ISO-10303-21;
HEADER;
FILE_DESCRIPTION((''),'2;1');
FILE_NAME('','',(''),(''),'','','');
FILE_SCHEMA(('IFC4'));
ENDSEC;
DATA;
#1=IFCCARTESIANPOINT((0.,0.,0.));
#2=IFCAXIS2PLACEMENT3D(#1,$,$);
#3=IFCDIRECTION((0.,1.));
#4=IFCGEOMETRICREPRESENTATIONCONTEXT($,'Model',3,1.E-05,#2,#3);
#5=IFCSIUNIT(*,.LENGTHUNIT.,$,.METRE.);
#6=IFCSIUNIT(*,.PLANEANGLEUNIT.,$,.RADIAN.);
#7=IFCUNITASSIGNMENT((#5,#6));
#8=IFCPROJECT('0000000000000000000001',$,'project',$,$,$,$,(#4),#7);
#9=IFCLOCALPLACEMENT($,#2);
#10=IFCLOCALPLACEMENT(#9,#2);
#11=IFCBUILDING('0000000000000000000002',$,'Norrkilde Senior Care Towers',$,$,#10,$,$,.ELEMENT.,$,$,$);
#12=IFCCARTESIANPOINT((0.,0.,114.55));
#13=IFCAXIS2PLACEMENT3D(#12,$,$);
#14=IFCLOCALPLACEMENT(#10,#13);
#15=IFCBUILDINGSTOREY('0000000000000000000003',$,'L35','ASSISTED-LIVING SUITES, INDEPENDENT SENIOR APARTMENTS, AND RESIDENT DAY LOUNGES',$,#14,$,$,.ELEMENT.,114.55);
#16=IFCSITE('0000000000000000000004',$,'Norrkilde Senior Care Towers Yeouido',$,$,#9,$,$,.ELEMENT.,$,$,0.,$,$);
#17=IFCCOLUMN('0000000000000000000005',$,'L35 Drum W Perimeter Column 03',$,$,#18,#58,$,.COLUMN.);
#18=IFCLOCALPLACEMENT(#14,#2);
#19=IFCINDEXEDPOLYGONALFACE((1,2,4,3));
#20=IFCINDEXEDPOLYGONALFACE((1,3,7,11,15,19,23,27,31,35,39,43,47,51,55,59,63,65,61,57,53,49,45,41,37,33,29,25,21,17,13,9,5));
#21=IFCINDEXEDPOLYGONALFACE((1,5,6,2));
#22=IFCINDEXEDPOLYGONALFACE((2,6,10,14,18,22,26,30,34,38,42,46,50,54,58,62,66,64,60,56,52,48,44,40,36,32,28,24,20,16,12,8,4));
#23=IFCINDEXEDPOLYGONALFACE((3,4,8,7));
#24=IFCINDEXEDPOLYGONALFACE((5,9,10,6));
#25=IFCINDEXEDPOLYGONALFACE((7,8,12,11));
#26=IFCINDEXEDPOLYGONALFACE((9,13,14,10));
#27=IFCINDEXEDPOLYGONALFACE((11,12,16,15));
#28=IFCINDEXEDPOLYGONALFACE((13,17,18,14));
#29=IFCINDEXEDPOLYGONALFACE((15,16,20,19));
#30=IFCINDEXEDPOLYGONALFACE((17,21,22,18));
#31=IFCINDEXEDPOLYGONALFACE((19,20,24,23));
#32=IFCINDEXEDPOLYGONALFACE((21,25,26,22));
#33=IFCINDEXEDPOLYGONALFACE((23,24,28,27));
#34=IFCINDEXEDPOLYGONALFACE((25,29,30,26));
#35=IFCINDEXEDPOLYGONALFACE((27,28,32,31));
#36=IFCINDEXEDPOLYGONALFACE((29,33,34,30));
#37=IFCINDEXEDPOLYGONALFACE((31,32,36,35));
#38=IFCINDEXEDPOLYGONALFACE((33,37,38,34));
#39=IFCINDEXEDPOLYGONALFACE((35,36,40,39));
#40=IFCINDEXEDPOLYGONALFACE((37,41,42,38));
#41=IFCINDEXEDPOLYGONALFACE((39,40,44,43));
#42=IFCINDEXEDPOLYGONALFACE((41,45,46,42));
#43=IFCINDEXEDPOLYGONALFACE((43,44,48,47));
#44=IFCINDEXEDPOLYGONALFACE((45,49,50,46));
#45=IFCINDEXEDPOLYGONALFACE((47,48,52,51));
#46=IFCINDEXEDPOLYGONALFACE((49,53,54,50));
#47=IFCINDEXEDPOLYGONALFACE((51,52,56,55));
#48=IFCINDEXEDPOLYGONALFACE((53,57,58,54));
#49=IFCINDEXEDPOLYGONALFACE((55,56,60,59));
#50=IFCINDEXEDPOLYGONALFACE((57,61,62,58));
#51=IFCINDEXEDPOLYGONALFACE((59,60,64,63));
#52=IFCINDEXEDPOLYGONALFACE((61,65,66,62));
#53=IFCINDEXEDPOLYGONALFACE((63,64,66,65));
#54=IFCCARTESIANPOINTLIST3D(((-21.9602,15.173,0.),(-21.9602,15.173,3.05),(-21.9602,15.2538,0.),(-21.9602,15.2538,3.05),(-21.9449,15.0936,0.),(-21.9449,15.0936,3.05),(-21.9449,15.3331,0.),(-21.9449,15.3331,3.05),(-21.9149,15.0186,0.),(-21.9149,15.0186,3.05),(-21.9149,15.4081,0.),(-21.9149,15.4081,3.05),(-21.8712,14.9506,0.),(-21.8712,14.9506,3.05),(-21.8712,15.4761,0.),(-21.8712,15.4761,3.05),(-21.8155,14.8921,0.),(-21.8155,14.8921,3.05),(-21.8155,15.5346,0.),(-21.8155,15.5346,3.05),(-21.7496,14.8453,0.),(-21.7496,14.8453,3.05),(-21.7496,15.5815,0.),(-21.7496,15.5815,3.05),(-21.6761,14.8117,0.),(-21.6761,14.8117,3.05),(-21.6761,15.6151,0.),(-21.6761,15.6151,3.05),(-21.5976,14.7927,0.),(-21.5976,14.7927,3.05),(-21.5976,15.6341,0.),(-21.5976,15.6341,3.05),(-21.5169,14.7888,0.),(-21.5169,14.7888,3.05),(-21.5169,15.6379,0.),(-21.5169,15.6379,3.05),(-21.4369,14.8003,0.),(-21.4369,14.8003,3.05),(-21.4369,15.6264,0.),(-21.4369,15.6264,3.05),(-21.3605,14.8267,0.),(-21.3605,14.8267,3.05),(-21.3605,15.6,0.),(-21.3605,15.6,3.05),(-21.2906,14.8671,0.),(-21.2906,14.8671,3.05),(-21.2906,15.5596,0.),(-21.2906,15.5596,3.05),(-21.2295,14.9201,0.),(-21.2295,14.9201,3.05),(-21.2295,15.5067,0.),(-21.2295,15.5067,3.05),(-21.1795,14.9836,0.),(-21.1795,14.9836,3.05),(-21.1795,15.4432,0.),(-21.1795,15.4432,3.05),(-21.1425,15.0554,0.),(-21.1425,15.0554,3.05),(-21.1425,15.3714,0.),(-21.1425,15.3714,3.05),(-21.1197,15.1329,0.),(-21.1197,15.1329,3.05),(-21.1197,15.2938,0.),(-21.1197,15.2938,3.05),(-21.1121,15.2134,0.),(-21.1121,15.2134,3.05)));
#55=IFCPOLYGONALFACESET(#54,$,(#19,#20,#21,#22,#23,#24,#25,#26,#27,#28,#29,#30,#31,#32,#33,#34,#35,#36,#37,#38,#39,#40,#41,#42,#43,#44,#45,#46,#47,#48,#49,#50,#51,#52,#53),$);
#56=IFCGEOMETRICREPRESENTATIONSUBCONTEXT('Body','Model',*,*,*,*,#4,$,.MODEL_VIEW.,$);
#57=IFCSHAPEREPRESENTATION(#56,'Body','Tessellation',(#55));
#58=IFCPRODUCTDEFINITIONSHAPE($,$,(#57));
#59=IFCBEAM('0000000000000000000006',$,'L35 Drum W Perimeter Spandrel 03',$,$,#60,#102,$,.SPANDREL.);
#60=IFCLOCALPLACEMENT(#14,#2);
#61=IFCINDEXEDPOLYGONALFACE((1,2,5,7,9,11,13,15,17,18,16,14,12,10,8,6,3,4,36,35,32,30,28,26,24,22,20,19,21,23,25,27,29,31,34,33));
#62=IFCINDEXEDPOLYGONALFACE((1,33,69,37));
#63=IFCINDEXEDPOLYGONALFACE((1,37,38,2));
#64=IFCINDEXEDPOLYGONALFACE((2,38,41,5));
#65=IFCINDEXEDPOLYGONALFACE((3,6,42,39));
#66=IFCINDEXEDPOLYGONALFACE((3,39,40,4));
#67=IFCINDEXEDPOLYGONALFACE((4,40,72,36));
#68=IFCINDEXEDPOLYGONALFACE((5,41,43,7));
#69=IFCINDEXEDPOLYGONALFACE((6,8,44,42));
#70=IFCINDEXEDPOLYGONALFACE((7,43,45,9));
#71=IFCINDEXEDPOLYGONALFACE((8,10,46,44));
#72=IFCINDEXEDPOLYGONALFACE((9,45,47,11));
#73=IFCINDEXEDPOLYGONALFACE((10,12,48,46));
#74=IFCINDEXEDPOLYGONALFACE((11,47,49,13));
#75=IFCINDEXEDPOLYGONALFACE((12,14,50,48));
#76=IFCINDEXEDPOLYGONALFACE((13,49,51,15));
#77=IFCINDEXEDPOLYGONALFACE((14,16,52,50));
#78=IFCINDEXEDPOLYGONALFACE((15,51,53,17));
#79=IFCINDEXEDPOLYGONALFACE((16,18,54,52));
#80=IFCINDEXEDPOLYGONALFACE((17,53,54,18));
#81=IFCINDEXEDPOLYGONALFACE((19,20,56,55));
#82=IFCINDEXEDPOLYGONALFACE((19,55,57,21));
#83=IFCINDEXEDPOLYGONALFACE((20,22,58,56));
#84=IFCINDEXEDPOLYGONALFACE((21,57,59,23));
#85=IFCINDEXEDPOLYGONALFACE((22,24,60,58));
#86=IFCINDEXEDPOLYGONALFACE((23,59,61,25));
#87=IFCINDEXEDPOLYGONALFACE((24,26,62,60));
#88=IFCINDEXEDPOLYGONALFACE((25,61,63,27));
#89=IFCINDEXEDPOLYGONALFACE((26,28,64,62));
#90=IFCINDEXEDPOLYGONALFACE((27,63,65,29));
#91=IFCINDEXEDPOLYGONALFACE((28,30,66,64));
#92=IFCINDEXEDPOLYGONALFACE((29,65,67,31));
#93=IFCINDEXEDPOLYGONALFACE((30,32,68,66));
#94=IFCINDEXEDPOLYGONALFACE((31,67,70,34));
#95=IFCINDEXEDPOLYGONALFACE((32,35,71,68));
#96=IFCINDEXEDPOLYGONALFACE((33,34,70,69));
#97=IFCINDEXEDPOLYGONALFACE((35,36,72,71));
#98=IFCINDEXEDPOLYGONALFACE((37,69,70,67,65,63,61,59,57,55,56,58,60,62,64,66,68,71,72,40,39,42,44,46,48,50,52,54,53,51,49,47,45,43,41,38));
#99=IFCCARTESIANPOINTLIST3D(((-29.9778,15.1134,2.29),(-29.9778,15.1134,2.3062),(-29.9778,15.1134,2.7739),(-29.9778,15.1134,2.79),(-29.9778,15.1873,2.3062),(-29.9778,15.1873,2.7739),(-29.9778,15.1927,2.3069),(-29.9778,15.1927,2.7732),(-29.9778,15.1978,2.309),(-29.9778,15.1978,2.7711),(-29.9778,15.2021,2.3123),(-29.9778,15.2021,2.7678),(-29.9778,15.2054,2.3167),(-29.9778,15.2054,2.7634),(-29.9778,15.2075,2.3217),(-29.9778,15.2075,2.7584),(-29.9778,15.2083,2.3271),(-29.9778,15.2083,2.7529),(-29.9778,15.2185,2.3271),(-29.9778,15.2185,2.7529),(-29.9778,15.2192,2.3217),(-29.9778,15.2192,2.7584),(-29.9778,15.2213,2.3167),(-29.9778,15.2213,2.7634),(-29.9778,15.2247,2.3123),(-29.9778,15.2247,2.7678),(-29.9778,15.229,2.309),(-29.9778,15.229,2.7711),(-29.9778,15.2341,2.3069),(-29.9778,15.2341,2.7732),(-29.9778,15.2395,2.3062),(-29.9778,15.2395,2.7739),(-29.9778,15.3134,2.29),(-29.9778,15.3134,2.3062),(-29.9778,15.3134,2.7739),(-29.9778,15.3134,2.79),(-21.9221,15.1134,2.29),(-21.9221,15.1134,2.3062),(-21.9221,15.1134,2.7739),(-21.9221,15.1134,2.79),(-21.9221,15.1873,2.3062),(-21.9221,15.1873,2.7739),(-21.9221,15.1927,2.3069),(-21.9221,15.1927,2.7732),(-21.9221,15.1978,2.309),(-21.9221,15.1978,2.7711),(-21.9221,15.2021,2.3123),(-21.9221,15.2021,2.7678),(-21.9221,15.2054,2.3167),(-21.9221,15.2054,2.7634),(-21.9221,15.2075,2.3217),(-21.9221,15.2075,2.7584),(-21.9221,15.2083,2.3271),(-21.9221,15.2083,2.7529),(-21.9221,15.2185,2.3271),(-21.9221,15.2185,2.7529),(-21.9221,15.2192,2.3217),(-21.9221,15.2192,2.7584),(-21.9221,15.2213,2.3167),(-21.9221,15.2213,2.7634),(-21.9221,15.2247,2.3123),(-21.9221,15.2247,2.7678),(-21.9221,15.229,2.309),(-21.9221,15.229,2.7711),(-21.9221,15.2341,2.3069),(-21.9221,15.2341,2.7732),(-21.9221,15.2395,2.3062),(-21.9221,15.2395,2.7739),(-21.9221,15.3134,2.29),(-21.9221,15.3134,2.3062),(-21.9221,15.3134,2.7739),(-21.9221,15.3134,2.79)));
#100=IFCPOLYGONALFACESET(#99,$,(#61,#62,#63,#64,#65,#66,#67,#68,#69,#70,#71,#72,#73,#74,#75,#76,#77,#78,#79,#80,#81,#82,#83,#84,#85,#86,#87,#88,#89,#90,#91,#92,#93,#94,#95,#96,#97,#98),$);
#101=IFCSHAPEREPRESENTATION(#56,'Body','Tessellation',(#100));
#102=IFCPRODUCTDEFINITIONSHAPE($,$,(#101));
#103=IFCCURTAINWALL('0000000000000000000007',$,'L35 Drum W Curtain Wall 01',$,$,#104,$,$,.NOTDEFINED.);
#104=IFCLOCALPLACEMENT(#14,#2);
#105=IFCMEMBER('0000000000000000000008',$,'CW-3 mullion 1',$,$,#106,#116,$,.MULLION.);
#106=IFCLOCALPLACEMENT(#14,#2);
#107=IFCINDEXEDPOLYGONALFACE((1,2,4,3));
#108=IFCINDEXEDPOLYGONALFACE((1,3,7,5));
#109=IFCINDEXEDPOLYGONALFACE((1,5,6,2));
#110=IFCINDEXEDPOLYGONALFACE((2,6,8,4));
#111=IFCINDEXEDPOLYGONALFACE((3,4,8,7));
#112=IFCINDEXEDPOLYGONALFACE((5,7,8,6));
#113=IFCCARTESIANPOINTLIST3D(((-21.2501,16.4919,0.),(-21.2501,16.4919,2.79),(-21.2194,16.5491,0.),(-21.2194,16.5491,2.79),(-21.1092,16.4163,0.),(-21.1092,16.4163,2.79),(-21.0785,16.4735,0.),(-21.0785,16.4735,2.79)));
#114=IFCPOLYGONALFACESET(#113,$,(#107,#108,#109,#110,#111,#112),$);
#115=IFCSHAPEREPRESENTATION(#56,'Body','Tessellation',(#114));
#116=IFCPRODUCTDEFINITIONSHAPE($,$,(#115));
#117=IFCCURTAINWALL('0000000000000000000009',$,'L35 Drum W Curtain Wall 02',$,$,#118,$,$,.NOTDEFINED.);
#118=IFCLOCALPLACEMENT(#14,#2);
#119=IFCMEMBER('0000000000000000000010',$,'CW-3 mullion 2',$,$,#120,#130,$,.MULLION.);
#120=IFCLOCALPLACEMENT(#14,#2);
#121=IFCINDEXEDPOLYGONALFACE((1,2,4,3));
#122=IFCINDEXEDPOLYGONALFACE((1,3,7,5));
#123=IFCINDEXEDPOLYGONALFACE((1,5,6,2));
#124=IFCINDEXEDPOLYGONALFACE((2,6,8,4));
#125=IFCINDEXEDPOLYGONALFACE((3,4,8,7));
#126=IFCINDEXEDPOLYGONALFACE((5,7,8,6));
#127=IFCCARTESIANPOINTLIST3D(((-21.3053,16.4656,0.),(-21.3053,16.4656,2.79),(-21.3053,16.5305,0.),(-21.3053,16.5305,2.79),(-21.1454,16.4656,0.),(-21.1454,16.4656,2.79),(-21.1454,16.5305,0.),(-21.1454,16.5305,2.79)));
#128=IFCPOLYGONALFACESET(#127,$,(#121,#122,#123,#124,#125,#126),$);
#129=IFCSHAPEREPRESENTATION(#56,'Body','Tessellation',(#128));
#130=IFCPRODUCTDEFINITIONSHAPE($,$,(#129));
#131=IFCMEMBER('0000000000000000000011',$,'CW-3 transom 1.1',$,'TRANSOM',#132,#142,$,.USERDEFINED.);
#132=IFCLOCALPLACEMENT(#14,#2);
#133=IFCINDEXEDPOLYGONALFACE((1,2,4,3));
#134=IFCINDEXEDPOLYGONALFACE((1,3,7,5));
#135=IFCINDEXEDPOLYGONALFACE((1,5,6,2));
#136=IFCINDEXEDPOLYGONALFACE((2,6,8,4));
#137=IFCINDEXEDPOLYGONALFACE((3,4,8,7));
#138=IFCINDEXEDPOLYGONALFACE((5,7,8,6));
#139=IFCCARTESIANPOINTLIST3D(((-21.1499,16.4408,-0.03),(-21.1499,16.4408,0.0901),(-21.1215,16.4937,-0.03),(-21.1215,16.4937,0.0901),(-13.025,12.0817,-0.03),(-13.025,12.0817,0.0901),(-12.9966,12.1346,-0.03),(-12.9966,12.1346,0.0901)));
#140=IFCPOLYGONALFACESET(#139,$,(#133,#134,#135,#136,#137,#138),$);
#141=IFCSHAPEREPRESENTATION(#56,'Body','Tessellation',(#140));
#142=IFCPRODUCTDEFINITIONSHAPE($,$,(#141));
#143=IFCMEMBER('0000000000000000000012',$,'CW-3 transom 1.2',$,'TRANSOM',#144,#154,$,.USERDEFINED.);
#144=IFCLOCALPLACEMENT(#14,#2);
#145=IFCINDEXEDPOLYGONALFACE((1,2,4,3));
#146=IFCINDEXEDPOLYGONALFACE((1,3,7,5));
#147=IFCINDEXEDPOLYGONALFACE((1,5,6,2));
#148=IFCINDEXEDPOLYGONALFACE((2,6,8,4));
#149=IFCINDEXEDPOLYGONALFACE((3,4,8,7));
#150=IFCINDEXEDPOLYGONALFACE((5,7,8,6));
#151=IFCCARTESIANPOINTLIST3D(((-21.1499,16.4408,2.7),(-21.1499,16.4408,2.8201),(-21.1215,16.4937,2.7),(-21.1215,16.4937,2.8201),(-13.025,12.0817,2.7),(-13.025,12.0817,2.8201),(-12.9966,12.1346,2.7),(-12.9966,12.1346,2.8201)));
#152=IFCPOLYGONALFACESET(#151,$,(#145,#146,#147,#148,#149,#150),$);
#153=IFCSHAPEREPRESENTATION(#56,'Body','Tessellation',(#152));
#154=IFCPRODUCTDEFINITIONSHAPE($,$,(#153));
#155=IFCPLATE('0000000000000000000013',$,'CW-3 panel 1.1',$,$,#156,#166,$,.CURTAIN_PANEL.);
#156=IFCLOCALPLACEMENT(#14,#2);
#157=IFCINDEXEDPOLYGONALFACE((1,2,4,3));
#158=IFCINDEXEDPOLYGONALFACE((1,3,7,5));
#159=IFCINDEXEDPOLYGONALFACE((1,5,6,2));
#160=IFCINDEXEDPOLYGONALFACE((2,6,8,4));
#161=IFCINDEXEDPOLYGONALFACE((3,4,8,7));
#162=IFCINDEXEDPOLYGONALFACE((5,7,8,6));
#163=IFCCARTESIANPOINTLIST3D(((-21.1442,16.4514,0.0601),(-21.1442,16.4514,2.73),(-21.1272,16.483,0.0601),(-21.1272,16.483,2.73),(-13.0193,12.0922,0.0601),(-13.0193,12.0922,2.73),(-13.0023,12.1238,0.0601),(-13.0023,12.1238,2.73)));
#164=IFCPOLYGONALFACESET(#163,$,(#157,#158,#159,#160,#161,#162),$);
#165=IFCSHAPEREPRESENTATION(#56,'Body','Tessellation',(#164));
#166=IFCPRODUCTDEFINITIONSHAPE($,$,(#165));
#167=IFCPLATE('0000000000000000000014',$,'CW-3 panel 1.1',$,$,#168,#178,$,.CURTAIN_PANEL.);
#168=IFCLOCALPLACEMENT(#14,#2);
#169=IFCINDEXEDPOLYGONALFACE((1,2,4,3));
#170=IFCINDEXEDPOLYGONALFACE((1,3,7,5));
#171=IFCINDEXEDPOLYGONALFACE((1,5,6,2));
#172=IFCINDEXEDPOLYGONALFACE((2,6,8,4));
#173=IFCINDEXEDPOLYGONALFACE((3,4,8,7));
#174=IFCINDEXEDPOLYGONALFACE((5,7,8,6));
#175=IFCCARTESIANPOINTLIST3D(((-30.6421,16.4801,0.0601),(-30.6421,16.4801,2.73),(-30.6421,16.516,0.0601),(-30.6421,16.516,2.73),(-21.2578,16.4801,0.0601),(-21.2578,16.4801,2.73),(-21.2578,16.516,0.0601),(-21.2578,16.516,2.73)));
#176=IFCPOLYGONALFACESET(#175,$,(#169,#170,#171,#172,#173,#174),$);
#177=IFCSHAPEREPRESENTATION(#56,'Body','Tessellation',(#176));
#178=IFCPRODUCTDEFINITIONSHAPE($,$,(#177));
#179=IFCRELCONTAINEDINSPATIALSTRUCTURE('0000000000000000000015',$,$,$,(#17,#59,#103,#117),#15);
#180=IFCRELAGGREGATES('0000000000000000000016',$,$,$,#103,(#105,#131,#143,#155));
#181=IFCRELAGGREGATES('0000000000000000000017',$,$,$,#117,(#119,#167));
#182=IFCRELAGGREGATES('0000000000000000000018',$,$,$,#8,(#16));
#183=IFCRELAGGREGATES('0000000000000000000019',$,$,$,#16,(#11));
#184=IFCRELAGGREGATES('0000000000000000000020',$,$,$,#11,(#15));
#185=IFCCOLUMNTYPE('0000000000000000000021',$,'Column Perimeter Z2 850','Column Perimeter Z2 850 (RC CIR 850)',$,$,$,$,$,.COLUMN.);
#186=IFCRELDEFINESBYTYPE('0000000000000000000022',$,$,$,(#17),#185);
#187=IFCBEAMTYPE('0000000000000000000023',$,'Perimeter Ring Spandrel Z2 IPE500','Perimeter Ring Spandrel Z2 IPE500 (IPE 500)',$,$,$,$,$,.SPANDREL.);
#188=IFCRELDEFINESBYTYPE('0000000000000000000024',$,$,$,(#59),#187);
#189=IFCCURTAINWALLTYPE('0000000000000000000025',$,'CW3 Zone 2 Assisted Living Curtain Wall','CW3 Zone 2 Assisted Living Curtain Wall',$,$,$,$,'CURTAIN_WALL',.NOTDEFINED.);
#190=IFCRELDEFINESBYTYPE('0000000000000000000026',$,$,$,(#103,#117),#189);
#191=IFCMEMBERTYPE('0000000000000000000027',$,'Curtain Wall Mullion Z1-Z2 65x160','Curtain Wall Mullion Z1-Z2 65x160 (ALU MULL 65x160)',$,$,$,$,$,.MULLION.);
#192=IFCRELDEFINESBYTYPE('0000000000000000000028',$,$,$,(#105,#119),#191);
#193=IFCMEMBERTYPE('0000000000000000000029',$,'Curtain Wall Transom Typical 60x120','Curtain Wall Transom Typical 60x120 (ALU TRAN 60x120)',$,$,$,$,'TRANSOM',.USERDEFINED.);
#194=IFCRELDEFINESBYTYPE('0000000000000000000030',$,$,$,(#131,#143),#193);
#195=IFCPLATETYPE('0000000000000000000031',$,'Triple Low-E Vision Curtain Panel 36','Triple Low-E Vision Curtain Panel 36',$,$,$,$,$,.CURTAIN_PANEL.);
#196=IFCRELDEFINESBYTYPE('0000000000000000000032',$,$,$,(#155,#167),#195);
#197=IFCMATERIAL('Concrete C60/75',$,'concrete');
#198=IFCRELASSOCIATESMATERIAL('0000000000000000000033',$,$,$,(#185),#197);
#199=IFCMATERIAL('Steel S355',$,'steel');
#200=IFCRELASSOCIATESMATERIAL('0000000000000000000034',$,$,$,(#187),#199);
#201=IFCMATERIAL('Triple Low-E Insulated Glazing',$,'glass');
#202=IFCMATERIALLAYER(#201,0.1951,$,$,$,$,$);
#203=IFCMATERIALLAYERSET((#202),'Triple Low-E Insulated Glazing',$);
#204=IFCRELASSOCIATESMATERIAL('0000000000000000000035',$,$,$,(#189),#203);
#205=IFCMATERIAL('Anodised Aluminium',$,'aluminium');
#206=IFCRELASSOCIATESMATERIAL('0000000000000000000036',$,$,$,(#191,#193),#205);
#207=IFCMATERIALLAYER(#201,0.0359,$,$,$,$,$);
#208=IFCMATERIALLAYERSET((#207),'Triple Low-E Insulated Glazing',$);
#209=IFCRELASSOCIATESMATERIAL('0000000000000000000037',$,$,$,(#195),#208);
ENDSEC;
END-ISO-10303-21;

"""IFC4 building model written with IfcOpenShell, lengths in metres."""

from ifc_helpers import new_model, si_unit, direction, frame, origin, origin_2d, place, context, subcontext, project, spatial, rectangle, circle, i_section, extrude, source, transform, mapped, material, layer, layer_set, material_profile, profile_set, type_object, type_shapes, element, aggregate, save


model = new_model("IFC4")

# Units and contexts
model_context = context("Model", 3, precision=1e-05, world=origin(), true_north=direction((0.0, 1.0)))
body_context = subcontext(model_context, "Body", "Model", "MODEL_VIEW")
ifc_project = project(units=[si_unit("LENGTHUNIT", "METRE"), si_unit("PLANEANGLEUNIT", "RADIAN")], contexts=[model_context])

# Site, building, storey
site_placement = place(None, origin())
site = spatial("IfcSite", under=ifc_project, at=site_placement, Name="Norrkilde Senior Care Towers Yeouido", CompositionType="ELEMENT", RefElevation=0.0)
building_placement = place(site_placement, origin())
building = spatial("IfcBuilding", under=site, at=building_placement, Name="Norrkilde Senior Care Towers", CompositionType="ELEMENT")
storey_placement = place(building_placement, frame((0.0, 0.0, 114.55)))
storey = spatial("IfcBuildingStorey", under=building, at=storey_placement, Name="L35", Description="ASSISTED-LIVING SUITES, INDEPENDENT SENIOR APARTMENTS, AND RESIDENT DAY LOUNGES", CompositionType="ELEMENT", Elevation=114.55)

# Column
ifc_material_1 = material(Name="Concrete C60/75", Category="concrete")
ifc_material_profile_1 = material_profile(ifc_material_1, circle(Radius=0.425, at=origin_2d()), Name="RC CIR 850")
ifc_profile_set_1 = profile_set([ifc_material_profile_1], Name="Concrete C60/75")
column_type = type_object("IfcColumnType", Name="Column Perimeter Z2 850", Description="Column Perimeter Z2 850 (RC CIR 850)", PredefinedType="COLUMN", material=ifc_profile_set_1)
shared_shape_1 = source(origin(), body_context, "Body", "SweptSolid", [
    extrude(circle(Radius=0.425, at=origin_2d()), origin(), (0.0, 0.0, 1.0), 3.05),
])
type_shapes(column_type, [shared_shape_1])
column_placement = place(storey_placement, frame((-21.5371, 15.2134, 0.0), z_axis=(0.0, 0.0, 1.0), x_axis=(1.0, 0.0, 0.0)))
element("IfcColumn", 1, at=column_placement, inside=storey, type_object=column_type, Name="L35 Drum W Perimeter Column 03", PredefinedType="COLUMN", context=body_context, shape_type="MappedRepresentation", body=[
    mapped(shared_shape_1, transform((0.0, 0.0, 0.0), x_axis=(1.0, 0.0, 0.0), y_axis=(0.0, 1.0, 0.0), z_axis=(0.0, 0.0, 1.0), scale=1.0)),
])

# Beam
ifc_material_2 = material(Name="Steel S355", Category="steel")
ifc_material_profile_2 = material_profile(ifc_material_2, i_section(OverallWidth=0.2, OverallDepth=0.5, WebThickness=0.0103, FlangeThickness=0.0161, FilletRadius=0.021, at=origin_2d()), Name="IPE 500")
ifc_profile_set_2 = profile_set([ifc_material_profile_2], Name="Steel S355")
beam_type = type_object("IfcBeamType", Name="Perimeter Ring Spandrel Z2 IPE500", Description="Perimeter Ring Spandrel Z2 IPE500 (IPE 500)", PredefinedType="SPANDREL", material=ifc_profile_set_2)
shared_shape_2 = source(origin(), body_context, "Body", "SweptSolid", [
    extrude(i_section(OverallWidth=0.2, OverallDepth=0.5, WebThickness=0.0103, FlangeThickness=0.0161, FilletRadius=0.021, at=origin_2d()), origin(), (0.0, 0.0, 1.0), 8.0557),
])
type_shapes(beam_type, [shared_shape_2])
beam_placement = place(storey_placement, frame((-21.9221, 15.2134, 2.54), z_axis=(-1.0, 0.0, 0.0), x_axis=(0.0, -1.0, 0.0)))
element("IfcBeam", 2, at=beam_placement, inside=storey, type_object=beam_type, Name="L35 Drum W Perimeter Spandrel 03", PredefinedType="SPANDREL", context=body_context, shape_type="MappedRepresentation", body=[
    mapped(shared_shape_2, transform((0.0, 0.0, 0.0), x_axis=(1.0, 0.0, 0.0), y_axis=(0.0, 1.0, 0.0), z_axis=(0.0, 0.0, 1.0), scale=1.0)),
])

# Curtain walls, members
ifc_material_3 = material(Name="Triple Low-E Insulated Glazing", Category="glass")
ifc_layer_1 = layer(ifc_material_3, 0.1951)
ifc_layer_set_1 = layer_set([ifc_layer_1], Name="Triple Low-E Insulated Glazing")
curtain_wall_type = type_object("IfcCurtainWallType", Name="CW3 Zone 2 Assisted Living Curtain Wall", Description="CW3 Zone 2 Assisted Living Curtain Wall", ElementType="CURTAIN_WALL", PredefinedType="NOTDEFINED", material=ifc_layer_set_1)
curtain_wall_1_placement = place(storey_placement, origin())
curtain_wall_1 = element("IfcCurtainWall", 3, at=curtain_wall_1_placement, inside=storey, type_object=curtain_wall_type, Name="L35 Drum W Curtain Wall 01", PredefinedType="NOTDEFINED")
ifc_material_4 = material(Name="Anodised Aluminium", Category="aluminium")
ifc_material_profile_3 = material_profile(ifc_material_4, rectangle(XDim=0.0649, YDim=0.1599, at=origin_2d()), Name="ALU MULL 65x160")
ifc_profile_set_3 = profile_set([ifc_material_profile_3], Name="Anodised Aluminium")
member_type_1 = type_object("IfcMemberType", Name="Curtain Wall Mullion Z1-Z2 65x160", Description="Curtain Wall Mullion Z1-Z2 65x160 (ALU MULL 65x160)", PredefinedType="MULLION", material=ifc_profile_set_3)
shared_shape_3 = source(origin(), body_context, "Body", "SweptSolid", [
    extrude(rectangle(XDim=0.0649, YDim=0.1599, at=origin_2d()), origin(), (0.0, 0.0, 1.0), 2.79),
])
type_shapes(member_type_1, [shared_shape_3])
member_1_placement = place(storey_placement, frame((-21.1643, 16.4827, 0.0), z_axis=(0.0, 0.0, 1.0), x_axis=(0.472769, 0.881186, 0.0)))
member_1 = element("IfcMember", 4, at=member_1_placement, type_object=member_type_1, Name="CW-3 mullion 1", PredefinedType="MULLION", context=body_context, shape_type="MappedRepresentation", body=[
    mapped(shared_shape_3, transform((0.0, 0.0, 0.0), x_axis=(1.0, 0.0, 0.0), y_axis=(0.0, 1.0, 0.0), z_axis=(0.0, 0.0, 1.0), scale=1.0)),
])
curtain_wall_2_placement = place(storey_placement, origin())
curtain_wall_2 = element("IfcCurtainWall", 5, at=curtain_wall_2_placement, inside=storey, type_object=curtain_wall_type, Name="L35 Drum W Curtain Wall 02", PredefinedType="NOTDEFINED")
member_2_placement = place(storey_placement, frame((-21.2253, 16.498, 0.0), z_axis=(0.0, 0.0, 1.0), x_axis=(0.0, 1.0, 0.0)))
member_2 = element("IfcMember", 6, at=member_2_placement, type_object=member_type_1, Name="CW-3 mullion 2", PredefinedType="MULLION", context=body_context, shape_type="MappedRepresentation", body=[
    mapped(shared_shape_3, transform((0.0, 0.0, 0.0), x_axis=(1.0, 0.0, 0.0), y_axis=(0.0, 1.0, 0.0), z_axis=(0.0, 0.0, 1.0), scale=1.0)),
])

# Members
ifc_material_profile_4 = material_profile(ifc_material_4, rectangle(XDim=0.0601, YDim=0.1201, at=origin_2d()), Name="ALU TRAN 60x120")
ifc_profile_set_4 = profile_set([ifc_material_profile_4], Name="Anodised Aluminium")
member_type_2 = type_object("IfcMemberType", Name="Curtain Wall Transom Typical 60x120", Description="Curtain Wall Transom Typical 60x120 (ALU TRAN 60x120)", ElementType="TRANSOM", PredefinedType="USERDEFINED", material=ifc_profile_set_4)
shared_shape_4 = source(origin(), body_context, "Body", "SweptSolid", [
    extrude(rectangle(XDim=0.0601, YDim=0.1201, at=origin_2d()), origin(), (0.0, 0.0, 1.0), 9.2205),
])
type_shapes(member_type_2, [shared_shape_4])
member_3_placement = place(storey_placement, frame((-21.1357, 16.4673, 0.03), z_axis=(0.881189, -0.472765, 0.0), x_axis=(0.472765, 0.881189, 0.0)))
member_3 = element("IfcMember", 7, at=member_3_placement, type_object=member_type_2, Name="CW-3 transom 1.1", ObjectType="TRANSOM", PredefinedType="USERDEFINED", context=body_context, shape_type="MappedRepresentation", body=[
    mapped(shared_shape_4, transform((0.0, 0.0, 0.0), x_axis=(1.0, 0.0, 0.0), y_axis=(0.0, 1.0, 0.0), z_axis=(0.0, 0.0, 1.0), scale=1.0)),
])
member_4_placement = place(storey_placement, frame((-21.1357, 16.4673, 2.76), z_axis=(0.881189, -0.472765, 0.0), x_axis=(0.472765, 0.881189, 0.0)))
member_4 = element("IfcMember", 8, at=member_4_placement, type_object=member_type_2, Name="CW-3 transom 1.2", ObjectType="TRANSOM", PredefinedType="USERDEFINED", context=body_context, shape_type="MappedRepresentation", body=[
    mapped(shared_shape_4, transform((0.0, 0.0, 0.0), x_axis=(1.0, 0.0, 0.0), y_axis=(0.0, 1.0, 0.0), z_axis=(0.0, 0.0, 1.0), scale=1.0)),
])

# Plates
ifc_layer_2 = layer(ifc_material_3, 0.0359)
ifc_layer_set_2 = layer_set([ifc_layer_2], Name="Triple Low-E Insulated Glazing")
plate_type = type_object("IfcPlateType", Name="Triple Low-E Vision Curtain Panel 36", Description="Triple Low-E Vision Curtain Panel 36", PredefinedType="CURTAIN_PANEL", material=ifc_layer_set_2)
shared_shape_5 = source(origin(), body_context, "Body", "SweptSolid", [
    extrude(rectangle(XDim=9.2205, YDim=0.0359, at=origin_2d()), origin(), (0.0, 0.0, 1.0), 2.6699),
])
plate_1_placement = place(storey_placement, frame((-17.0732, 14.2876, 0.0601), z_axis=(0.0, 0.0, 1.0), x_axis=(0.881186, -0.472769, 0.0)))
plate_1 = element("IfcPlate", 9, at=plate_1_placement, type_object=plate_type, Name="CW-3 panel 1.1", PredefinedType="CURTAIN_PANEL", context=body_context, shape_type="MappedRepresentation", body=[
    mapped(shared_shape_5, transform((0.0, 0.0, 0.0), x_axis=(1.0, 0.0, 0.0), y_axis=(0.0, 1.0, 0.0), z_axis=(0.0, 0.0, 1.0), scale=1.0)),
])
aggregate(curtain_wall_1, [member_1, member_3, member_4, plate_1])
shared_shape_6 = source(origin(), body_context, "Body", "SweptSolid", [
    extrude(rectangle(XDim=9.3843, YDim=0.0359, at=origin_2d()), origin(), (0.0, 0.0, 1.0), 2.6699),
])
type_shapes(plate_type, [shared_shape_5, shared_shape_6])
plate_2_placement = place(storey_placement, frame((-25.95, 16.498, 0.0601), z_axis=(0.0, 0.0, 1.0), x_axis=(1.0, 0.0, 0.0)))
plate_2 = element("IfcPlate", 10, at=plate_2_placement, type_object=plate_type, Name="CW-3 panel 1.1", PredefinedType="CURTAIN_PANEL", context=body_context, shape_type="MappedRepresentation", body=[
    mapped(shared_shape_6, transform((0.0, 0.0, 0.0), x_axis=(1.0, 0.0, 0.0), y_axis=(0.0, 1.0, 0.0), z_axis=(0.0, 0.0, 1.0), scale=1.0)),
])
aggregate(curtain_wall_2, [member_2, plate_2])

save(model, "model.ifc")
